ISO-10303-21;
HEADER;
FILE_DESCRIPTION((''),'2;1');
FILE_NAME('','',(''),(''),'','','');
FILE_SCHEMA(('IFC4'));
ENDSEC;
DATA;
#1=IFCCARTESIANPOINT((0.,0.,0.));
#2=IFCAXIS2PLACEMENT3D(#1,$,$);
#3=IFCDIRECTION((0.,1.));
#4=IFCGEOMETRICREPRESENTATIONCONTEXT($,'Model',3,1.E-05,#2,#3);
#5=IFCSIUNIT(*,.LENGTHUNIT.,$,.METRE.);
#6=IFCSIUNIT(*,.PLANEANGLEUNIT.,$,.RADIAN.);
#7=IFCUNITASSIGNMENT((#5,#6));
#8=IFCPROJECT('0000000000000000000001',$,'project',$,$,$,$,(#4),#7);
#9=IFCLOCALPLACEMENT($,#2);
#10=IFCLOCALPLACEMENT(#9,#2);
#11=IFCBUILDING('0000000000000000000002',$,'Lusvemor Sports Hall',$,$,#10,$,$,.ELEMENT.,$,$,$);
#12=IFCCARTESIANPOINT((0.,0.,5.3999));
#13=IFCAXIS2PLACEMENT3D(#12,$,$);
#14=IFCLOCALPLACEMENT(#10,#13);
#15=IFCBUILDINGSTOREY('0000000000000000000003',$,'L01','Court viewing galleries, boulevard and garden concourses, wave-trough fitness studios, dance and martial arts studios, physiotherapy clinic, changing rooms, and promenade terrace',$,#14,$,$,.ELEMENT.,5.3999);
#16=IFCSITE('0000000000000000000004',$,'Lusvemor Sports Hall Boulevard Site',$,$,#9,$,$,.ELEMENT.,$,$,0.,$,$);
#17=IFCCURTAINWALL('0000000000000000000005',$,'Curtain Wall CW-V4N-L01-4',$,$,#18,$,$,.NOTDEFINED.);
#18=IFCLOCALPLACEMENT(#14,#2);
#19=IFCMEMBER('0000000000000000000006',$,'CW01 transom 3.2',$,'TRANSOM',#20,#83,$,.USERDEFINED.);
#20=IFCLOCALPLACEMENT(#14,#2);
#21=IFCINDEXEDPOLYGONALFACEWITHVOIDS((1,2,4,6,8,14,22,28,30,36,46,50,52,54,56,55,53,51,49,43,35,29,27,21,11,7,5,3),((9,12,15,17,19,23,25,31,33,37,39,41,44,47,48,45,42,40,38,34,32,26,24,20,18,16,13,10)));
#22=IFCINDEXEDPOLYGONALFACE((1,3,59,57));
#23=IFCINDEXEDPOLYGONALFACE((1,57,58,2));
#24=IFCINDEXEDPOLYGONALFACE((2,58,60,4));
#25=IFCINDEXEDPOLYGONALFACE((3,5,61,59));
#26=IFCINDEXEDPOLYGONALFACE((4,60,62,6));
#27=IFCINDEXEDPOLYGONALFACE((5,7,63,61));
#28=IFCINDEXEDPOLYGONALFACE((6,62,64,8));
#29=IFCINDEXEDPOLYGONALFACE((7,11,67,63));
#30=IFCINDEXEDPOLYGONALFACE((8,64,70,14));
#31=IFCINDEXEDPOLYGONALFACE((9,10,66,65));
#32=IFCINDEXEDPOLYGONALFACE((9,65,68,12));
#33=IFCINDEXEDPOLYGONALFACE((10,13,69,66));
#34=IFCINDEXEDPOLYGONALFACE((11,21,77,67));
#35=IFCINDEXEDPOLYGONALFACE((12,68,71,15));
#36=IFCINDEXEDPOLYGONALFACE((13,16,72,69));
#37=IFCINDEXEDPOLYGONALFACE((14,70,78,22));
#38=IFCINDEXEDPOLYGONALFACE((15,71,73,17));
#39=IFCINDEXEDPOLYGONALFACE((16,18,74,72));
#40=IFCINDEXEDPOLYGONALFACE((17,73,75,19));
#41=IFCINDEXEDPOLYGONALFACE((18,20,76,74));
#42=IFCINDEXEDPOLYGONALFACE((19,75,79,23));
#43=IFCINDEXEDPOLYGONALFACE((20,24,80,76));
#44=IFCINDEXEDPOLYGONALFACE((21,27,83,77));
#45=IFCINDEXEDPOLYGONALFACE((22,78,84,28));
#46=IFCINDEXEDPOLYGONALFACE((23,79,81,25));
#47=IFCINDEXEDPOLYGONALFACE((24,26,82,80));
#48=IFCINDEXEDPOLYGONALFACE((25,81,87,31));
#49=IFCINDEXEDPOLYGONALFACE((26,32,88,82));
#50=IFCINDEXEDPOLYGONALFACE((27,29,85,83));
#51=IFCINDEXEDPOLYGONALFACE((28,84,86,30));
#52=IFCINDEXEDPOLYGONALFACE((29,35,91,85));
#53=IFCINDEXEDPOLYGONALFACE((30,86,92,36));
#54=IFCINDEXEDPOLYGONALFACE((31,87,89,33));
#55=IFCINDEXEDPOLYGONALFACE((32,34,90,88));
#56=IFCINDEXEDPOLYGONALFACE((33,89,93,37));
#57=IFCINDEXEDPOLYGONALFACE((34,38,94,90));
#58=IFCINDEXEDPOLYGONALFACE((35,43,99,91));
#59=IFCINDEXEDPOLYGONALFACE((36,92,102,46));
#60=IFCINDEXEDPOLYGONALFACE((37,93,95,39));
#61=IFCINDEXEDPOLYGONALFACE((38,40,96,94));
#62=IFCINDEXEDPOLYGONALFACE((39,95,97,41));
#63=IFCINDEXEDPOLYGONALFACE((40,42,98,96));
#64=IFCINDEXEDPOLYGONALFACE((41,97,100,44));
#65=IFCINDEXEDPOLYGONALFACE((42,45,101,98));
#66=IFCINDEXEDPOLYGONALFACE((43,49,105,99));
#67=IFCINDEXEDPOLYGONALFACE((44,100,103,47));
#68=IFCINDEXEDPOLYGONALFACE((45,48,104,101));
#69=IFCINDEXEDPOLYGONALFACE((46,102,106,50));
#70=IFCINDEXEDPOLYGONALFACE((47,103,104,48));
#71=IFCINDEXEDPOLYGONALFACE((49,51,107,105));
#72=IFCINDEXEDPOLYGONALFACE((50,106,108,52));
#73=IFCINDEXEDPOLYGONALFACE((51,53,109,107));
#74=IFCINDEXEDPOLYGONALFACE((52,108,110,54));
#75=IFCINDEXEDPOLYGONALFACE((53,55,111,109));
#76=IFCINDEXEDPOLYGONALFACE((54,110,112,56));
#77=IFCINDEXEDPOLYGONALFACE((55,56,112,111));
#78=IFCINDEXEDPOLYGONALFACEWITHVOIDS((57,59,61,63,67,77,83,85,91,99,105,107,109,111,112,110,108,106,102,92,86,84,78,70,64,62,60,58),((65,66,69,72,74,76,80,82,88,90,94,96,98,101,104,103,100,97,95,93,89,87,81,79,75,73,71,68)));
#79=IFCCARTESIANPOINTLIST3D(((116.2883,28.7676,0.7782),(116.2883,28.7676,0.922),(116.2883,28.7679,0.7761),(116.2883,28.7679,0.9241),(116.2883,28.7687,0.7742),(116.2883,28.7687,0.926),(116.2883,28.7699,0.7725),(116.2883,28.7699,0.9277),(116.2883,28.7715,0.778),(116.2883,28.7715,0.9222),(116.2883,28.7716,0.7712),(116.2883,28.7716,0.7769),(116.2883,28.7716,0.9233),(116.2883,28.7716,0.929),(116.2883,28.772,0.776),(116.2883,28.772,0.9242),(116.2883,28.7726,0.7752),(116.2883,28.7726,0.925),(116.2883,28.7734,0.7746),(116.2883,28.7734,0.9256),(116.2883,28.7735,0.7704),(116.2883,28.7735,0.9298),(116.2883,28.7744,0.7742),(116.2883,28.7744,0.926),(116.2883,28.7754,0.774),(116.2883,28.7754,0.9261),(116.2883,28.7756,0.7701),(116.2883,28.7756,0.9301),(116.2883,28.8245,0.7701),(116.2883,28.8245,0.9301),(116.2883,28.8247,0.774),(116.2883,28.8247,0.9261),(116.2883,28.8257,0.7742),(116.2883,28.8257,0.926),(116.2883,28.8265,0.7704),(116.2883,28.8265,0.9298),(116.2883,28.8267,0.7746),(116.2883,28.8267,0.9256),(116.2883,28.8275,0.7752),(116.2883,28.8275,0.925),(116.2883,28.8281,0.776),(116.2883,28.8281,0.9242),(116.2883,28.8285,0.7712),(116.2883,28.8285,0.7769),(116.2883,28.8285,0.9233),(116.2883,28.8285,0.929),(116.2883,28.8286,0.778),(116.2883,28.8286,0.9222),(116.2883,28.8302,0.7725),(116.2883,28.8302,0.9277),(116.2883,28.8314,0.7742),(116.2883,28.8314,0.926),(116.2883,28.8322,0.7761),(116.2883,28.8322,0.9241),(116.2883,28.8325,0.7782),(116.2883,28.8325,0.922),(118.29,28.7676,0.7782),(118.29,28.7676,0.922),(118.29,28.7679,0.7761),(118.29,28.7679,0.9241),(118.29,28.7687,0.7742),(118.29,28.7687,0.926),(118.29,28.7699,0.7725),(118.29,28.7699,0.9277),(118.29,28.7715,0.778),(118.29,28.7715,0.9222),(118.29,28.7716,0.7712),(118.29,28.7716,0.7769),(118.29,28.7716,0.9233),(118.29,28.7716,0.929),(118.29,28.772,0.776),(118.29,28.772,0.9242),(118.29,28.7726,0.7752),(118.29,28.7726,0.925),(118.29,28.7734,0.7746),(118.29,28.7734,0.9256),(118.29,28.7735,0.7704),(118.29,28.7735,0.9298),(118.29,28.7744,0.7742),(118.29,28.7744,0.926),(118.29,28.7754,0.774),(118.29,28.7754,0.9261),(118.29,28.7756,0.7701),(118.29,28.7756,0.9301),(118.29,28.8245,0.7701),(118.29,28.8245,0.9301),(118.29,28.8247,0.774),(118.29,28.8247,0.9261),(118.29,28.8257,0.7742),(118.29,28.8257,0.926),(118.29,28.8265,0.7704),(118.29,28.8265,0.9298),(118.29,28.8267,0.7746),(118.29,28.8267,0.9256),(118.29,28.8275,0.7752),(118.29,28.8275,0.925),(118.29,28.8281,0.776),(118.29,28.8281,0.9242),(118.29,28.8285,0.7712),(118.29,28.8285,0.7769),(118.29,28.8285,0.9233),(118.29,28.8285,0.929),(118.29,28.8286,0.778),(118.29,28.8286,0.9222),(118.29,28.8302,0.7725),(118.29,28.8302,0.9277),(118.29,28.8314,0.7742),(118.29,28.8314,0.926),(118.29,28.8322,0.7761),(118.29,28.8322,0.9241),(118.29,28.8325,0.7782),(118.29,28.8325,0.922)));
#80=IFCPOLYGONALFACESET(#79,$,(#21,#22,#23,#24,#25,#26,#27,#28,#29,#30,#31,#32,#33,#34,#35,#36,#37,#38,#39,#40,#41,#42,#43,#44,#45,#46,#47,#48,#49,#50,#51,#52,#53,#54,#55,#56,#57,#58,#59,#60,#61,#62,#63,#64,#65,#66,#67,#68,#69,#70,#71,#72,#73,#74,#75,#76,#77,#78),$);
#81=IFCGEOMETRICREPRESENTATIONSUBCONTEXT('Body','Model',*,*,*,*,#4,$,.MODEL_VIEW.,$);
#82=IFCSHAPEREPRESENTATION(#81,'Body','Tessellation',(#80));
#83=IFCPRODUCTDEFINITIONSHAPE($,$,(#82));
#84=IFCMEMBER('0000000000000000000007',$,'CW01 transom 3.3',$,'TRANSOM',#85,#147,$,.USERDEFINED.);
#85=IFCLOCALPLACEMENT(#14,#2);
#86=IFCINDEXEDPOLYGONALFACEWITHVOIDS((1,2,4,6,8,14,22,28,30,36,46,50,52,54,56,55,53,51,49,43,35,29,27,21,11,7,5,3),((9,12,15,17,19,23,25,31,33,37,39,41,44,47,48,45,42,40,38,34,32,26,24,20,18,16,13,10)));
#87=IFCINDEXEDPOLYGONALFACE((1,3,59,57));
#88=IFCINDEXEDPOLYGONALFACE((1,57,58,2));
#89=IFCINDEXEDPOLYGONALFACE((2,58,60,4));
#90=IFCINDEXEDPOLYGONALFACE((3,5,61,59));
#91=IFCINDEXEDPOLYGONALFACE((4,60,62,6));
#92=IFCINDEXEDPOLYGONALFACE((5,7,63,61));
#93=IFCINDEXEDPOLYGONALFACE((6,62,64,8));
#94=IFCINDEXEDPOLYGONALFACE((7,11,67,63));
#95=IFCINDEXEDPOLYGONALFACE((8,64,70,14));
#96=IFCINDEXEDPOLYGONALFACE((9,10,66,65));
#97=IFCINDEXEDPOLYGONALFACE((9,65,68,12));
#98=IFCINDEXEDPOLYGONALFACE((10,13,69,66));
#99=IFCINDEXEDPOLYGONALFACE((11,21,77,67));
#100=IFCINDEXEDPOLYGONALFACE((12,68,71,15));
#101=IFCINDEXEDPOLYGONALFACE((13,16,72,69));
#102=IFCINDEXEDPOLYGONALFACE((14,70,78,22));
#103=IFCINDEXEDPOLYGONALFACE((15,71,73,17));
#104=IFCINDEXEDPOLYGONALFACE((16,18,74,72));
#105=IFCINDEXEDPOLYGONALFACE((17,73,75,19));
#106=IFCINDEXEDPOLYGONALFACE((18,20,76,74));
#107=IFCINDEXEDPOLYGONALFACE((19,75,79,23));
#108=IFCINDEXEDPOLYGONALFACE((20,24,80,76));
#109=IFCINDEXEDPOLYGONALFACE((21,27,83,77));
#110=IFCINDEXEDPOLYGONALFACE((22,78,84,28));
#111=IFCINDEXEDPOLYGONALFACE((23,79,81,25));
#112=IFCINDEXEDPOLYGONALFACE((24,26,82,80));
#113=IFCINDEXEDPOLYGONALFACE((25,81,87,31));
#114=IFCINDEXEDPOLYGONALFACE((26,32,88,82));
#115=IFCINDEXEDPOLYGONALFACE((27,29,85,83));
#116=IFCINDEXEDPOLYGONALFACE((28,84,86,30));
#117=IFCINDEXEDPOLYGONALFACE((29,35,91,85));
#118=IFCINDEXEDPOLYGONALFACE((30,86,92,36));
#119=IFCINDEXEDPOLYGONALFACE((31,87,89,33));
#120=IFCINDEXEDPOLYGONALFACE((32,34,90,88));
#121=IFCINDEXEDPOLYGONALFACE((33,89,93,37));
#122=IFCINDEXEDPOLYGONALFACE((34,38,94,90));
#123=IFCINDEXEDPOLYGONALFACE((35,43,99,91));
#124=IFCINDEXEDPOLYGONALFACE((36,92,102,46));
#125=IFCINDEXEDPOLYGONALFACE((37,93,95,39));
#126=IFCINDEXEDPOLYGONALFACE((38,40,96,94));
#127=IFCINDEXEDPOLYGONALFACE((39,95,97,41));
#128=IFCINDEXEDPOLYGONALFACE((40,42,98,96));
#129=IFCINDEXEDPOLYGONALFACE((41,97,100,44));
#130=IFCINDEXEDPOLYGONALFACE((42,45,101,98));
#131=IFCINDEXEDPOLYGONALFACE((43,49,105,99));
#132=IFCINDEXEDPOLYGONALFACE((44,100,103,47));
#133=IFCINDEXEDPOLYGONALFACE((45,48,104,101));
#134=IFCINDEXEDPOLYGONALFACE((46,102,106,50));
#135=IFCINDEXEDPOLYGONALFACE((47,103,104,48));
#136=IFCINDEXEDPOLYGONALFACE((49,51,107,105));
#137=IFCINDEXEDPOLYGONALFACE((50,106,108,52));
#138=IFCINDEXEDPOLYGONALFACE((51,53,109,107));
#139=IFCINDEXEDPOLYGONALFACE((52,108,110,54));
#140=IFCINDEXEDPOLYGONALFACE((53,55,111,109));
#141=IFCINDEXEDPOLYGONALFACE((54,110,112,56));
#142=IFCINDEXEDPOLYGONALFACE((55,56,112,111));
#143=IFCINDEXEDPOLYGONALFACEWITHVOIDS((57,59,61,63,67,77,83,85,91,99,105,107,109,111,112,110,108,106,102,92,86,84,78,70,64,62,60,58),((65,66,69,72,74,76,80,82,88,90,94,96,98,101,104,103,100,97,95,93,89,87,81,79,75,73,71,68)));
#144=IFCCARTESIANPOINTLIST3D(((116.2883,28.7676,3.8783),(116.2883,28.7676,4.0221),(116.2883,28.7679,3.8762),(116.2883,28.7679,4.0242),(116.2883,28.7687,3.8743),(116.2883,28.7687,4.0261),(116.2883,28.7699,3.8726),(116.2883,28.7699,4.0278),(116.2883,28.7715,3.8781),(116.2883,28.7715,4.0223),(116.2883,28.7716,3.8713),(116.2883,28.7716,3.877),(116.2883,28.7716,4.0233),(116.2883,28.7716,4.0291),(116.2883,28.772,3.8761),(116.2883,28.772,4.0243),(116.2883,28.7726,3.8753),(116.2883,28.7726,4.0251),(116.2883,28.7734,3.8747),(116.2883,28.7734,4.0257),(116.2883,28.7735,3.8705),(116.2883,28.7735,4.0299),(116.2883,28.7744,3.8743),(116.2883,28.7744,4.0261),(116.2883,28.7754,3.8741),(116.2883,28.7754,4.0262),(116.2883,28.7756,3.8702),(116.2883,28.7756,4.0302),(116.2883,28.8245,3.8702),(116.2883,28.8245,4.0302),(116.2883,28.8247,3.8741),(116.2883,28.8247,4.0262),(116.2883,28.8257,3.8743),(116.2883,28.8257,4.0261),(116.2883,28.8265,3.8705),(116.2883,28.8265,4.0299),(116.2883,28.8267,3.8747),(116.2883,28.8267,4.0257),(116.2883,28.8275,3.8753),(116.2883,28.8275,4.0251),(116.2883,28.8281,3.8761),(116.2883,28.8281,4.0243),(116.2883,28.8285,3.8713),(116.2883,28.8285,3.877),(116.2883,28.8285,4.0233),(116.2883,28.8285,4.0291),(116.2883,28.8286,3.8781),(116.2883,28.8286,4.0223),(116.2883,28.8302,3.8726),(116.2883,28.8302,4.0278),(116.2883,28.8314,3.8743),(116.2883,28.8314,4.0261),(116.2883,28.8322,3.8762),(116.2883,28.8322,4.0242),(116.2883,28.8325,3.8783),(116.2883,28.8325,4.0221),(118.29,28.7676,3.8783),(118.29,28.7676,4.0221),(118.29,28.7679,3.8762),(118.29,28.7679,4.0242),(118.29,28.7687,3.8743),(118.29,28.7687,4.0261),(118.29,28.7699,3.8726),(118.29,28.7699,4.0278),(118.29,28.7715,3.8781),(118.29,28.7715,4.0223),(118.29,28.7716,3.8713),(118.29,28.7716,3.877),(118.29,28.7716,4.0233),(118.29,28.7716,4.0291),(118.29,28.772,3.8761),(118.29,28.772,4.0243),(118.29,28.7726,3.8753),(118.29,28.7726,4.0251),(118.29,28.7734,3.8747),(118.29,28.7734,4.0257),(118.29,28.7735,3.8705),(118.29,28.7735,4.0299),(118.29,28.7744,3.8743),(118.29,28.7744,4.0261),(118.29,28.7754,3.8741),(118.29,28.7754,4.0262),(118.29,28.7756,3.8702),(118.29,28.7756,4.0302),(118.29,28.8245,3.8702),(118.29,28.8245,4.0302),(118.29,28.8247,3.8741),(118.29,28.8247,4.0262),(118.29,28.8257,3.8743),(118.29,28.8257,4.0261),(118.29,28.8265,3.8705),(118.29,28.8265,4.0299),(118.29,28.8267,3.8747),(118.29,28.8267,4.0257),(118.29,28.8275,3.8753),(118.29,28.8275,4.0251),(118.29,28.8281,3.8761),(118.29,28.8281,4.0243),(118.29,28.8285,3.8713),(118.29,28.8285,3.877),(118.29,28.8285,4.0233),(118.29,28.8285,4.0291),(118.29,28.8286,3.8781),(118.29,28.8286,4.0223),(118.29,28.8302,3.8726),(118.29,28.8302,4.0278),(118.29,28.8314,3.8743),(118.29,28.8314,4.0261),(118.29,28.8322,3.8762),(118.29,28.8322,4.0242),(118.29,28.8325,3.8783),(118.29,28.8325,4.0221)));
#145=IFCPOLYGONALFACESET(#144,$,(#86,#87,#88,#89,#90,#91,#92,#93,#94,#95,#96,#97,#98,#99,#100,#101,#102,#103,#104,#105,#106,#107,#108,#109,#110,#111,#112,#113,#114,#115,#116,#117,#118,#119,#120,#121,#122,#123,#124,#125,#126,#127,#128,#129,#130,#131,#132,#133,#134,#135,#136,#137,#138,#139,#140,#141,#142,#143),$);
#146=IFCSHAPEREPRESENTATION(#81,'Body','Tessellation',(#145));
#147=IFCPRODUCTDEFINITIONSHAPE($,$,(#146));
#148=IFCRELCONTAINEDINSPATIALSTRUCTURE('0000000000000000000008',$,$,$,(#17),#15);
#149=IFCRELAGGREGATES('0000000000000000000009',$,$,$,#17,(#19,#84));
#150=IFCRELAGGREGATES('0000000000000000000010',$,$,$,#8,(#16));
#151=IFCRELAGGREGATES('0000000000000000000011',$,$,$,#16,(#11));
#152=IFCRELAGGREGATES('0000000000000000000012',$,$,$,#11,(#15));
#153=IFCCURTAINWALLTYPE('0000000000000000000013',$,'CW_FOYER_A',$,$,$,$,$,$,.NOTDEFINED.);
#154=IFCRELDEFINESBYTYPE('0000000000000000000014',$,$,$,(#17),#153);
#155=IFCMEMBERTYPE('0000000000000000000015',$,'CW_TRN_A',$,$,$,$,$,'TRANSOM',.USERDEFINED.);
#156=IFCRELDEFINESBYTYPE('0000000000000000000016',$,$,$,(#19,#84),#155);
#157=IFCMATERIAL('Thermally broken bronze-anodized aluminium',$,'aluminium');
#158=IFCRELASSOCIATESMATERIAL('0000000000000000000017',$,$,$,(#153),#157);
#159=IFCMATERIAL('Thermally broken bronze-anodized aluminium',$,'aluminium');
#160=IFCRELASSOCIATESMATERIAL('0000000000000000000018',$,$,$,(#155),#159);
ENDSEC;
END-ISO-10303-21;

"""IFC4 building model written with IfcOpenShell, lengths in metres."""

from ifc_helpers import new_model, si_unit, direction, frame, origin, origin_2d, place, context, subcontext, project, spatial, hollow_rectangle, extrude, material, material_profile, profile_set, type_object, element, aggregate, save


model = new_model("IFC4")

# Units and contexts
model_context = context("Model", 3, precision=1e-05, world=origin(), true_north=direction((0.0, 1.0)))
body_context = subcontext(model_context, "Body", "Model", "MODEL_VIEW")
ifc_project = project(units=[si_unit("LENGTHUNIT", "METRE"), si_unit("PLANEANGLEUNIT", "RADIAN")], contexts=[model_context])

# Site, building, storey
site_placement = place(None, origin())
site = spatial("IfcSite", under=ifc_project, at=site_placement, Name="Lusvemor Sports Hall Boulevard Site", CompositionType="ELEMENT", RefElevation=0.0)
building_placement = place(site_placement, origin())
building = spatial("IfcBuilding", under=site, at=building_placement, Name="Lusvemor Sports Hall", CompositionType="ELEMENT")
storey_placement = place(building_placement, frame((0.0, 0.0, 5.3999)))
storey = spatial("IfcBuildingStorey", under=building, at=storey_placement, Name="L01", Description="Court viewing galleries, boulevard and garden concourses, wave-trough fitness studios, dance and martial arts studios, physiotherapy clinic, changing rooms, and promenade terrace", CompositionType="ELEMENT", Elevation=5.3999)

# Curtain wall
ifc_material_1 = material(Name="Thermally broken bronze-anodized aluminium", Category="aluminium")
curtain_wall_type_1 = type_object("IfcCurtainWallType", Name="CW_FOYER_A", PredefinedType="NOTDEFINED", material=ifc_material_1)
curtain_wall_1_placement = place(storey_placement, origin())
curtain_wall_1 = element("IfcCurtainWall", 1, at=curtain_wall_1_placement, inside=storey, type_object=curtain_wall_type_1, Name="Curtain Wall CW-V4N-L01-4", PredefinedType="NOTDEFINED")

# Members
ifc_material_2 = material(Name="Thermally broken bronze-anodized aluminium", Category="aluminium")
ifc_material_profile_1 = material_profile(ifc_material_2, hollow_rectangle(XDim=0.0649, YDim=0.1599, WallThickness=0.0039, InnerFilletRadius=0.0039, OuterFilletRadius=0.0081, at=origin_2d()), Name="CWTRN160x65x4")
ifc_profile_set_1 = profile_set([ifc_material_profile_1], Name="Thermally broken bronze-anodized aluminium")
member_type_1 = type_object("IfcMemberType", Name="CW_TRN_A", ElementType="TRANSOM", PredefinedType="USERDEFINED", material=ifc_profile_set_1)
member_1_placement = place(storey_placement, frame((116.2883, 28.8, 0.8501), z_axis=(1.0, 0.0, 0.0), x_axis=(0.0, 1.0, 0.0)))
member_1 = element("IfcMember", 2, at=member_1_placement, type_object=member_type_1, Name="CW01 transom 3.2", ObjectType="TRANSOM", PredefinedType="USERDEFINED", context=body_context, shape_type="SweptSolid", body=[
    extrude(hollow_rectangle(XDim=0.0649, YDim=0.1599, WallThickness=0.0039, InnerFilletRadius=0.0039, OuterFilletRadius=0.0081, at=origin_2d()), origin(), (0.0, 0.0, 1.0), 2.0017),
])
member_2_placement = place(storey_placement, frame((116.2883, 28.8, 3.9502), z_axis=(1.0, 0.0, 0.0), x_axis=(0.0, 1.0, 0.0)))
member_2 = element("IfcMember", 3, at=member_2_placement, type_object=member_type_1, Name="CW01 transom 3.3", ObjectType="TRANSOM", PredefinedType="USERDEFINED", context=body_context, shape_type="SweptSolid", body=[
    extrude(hollow_rectangle(XDim=0.0649, YDim=0.1599, WallThickness=0.0039, InnerFilletRadius=0.0039, OuterFilletRadius=0.0081, at=origin_2d()), origin(), (0.0, 0.0, 1.0), 2.0017),
])

aggregate(curtain_wall_1, [member_1, member_2])

save(model, "model.ifc")
